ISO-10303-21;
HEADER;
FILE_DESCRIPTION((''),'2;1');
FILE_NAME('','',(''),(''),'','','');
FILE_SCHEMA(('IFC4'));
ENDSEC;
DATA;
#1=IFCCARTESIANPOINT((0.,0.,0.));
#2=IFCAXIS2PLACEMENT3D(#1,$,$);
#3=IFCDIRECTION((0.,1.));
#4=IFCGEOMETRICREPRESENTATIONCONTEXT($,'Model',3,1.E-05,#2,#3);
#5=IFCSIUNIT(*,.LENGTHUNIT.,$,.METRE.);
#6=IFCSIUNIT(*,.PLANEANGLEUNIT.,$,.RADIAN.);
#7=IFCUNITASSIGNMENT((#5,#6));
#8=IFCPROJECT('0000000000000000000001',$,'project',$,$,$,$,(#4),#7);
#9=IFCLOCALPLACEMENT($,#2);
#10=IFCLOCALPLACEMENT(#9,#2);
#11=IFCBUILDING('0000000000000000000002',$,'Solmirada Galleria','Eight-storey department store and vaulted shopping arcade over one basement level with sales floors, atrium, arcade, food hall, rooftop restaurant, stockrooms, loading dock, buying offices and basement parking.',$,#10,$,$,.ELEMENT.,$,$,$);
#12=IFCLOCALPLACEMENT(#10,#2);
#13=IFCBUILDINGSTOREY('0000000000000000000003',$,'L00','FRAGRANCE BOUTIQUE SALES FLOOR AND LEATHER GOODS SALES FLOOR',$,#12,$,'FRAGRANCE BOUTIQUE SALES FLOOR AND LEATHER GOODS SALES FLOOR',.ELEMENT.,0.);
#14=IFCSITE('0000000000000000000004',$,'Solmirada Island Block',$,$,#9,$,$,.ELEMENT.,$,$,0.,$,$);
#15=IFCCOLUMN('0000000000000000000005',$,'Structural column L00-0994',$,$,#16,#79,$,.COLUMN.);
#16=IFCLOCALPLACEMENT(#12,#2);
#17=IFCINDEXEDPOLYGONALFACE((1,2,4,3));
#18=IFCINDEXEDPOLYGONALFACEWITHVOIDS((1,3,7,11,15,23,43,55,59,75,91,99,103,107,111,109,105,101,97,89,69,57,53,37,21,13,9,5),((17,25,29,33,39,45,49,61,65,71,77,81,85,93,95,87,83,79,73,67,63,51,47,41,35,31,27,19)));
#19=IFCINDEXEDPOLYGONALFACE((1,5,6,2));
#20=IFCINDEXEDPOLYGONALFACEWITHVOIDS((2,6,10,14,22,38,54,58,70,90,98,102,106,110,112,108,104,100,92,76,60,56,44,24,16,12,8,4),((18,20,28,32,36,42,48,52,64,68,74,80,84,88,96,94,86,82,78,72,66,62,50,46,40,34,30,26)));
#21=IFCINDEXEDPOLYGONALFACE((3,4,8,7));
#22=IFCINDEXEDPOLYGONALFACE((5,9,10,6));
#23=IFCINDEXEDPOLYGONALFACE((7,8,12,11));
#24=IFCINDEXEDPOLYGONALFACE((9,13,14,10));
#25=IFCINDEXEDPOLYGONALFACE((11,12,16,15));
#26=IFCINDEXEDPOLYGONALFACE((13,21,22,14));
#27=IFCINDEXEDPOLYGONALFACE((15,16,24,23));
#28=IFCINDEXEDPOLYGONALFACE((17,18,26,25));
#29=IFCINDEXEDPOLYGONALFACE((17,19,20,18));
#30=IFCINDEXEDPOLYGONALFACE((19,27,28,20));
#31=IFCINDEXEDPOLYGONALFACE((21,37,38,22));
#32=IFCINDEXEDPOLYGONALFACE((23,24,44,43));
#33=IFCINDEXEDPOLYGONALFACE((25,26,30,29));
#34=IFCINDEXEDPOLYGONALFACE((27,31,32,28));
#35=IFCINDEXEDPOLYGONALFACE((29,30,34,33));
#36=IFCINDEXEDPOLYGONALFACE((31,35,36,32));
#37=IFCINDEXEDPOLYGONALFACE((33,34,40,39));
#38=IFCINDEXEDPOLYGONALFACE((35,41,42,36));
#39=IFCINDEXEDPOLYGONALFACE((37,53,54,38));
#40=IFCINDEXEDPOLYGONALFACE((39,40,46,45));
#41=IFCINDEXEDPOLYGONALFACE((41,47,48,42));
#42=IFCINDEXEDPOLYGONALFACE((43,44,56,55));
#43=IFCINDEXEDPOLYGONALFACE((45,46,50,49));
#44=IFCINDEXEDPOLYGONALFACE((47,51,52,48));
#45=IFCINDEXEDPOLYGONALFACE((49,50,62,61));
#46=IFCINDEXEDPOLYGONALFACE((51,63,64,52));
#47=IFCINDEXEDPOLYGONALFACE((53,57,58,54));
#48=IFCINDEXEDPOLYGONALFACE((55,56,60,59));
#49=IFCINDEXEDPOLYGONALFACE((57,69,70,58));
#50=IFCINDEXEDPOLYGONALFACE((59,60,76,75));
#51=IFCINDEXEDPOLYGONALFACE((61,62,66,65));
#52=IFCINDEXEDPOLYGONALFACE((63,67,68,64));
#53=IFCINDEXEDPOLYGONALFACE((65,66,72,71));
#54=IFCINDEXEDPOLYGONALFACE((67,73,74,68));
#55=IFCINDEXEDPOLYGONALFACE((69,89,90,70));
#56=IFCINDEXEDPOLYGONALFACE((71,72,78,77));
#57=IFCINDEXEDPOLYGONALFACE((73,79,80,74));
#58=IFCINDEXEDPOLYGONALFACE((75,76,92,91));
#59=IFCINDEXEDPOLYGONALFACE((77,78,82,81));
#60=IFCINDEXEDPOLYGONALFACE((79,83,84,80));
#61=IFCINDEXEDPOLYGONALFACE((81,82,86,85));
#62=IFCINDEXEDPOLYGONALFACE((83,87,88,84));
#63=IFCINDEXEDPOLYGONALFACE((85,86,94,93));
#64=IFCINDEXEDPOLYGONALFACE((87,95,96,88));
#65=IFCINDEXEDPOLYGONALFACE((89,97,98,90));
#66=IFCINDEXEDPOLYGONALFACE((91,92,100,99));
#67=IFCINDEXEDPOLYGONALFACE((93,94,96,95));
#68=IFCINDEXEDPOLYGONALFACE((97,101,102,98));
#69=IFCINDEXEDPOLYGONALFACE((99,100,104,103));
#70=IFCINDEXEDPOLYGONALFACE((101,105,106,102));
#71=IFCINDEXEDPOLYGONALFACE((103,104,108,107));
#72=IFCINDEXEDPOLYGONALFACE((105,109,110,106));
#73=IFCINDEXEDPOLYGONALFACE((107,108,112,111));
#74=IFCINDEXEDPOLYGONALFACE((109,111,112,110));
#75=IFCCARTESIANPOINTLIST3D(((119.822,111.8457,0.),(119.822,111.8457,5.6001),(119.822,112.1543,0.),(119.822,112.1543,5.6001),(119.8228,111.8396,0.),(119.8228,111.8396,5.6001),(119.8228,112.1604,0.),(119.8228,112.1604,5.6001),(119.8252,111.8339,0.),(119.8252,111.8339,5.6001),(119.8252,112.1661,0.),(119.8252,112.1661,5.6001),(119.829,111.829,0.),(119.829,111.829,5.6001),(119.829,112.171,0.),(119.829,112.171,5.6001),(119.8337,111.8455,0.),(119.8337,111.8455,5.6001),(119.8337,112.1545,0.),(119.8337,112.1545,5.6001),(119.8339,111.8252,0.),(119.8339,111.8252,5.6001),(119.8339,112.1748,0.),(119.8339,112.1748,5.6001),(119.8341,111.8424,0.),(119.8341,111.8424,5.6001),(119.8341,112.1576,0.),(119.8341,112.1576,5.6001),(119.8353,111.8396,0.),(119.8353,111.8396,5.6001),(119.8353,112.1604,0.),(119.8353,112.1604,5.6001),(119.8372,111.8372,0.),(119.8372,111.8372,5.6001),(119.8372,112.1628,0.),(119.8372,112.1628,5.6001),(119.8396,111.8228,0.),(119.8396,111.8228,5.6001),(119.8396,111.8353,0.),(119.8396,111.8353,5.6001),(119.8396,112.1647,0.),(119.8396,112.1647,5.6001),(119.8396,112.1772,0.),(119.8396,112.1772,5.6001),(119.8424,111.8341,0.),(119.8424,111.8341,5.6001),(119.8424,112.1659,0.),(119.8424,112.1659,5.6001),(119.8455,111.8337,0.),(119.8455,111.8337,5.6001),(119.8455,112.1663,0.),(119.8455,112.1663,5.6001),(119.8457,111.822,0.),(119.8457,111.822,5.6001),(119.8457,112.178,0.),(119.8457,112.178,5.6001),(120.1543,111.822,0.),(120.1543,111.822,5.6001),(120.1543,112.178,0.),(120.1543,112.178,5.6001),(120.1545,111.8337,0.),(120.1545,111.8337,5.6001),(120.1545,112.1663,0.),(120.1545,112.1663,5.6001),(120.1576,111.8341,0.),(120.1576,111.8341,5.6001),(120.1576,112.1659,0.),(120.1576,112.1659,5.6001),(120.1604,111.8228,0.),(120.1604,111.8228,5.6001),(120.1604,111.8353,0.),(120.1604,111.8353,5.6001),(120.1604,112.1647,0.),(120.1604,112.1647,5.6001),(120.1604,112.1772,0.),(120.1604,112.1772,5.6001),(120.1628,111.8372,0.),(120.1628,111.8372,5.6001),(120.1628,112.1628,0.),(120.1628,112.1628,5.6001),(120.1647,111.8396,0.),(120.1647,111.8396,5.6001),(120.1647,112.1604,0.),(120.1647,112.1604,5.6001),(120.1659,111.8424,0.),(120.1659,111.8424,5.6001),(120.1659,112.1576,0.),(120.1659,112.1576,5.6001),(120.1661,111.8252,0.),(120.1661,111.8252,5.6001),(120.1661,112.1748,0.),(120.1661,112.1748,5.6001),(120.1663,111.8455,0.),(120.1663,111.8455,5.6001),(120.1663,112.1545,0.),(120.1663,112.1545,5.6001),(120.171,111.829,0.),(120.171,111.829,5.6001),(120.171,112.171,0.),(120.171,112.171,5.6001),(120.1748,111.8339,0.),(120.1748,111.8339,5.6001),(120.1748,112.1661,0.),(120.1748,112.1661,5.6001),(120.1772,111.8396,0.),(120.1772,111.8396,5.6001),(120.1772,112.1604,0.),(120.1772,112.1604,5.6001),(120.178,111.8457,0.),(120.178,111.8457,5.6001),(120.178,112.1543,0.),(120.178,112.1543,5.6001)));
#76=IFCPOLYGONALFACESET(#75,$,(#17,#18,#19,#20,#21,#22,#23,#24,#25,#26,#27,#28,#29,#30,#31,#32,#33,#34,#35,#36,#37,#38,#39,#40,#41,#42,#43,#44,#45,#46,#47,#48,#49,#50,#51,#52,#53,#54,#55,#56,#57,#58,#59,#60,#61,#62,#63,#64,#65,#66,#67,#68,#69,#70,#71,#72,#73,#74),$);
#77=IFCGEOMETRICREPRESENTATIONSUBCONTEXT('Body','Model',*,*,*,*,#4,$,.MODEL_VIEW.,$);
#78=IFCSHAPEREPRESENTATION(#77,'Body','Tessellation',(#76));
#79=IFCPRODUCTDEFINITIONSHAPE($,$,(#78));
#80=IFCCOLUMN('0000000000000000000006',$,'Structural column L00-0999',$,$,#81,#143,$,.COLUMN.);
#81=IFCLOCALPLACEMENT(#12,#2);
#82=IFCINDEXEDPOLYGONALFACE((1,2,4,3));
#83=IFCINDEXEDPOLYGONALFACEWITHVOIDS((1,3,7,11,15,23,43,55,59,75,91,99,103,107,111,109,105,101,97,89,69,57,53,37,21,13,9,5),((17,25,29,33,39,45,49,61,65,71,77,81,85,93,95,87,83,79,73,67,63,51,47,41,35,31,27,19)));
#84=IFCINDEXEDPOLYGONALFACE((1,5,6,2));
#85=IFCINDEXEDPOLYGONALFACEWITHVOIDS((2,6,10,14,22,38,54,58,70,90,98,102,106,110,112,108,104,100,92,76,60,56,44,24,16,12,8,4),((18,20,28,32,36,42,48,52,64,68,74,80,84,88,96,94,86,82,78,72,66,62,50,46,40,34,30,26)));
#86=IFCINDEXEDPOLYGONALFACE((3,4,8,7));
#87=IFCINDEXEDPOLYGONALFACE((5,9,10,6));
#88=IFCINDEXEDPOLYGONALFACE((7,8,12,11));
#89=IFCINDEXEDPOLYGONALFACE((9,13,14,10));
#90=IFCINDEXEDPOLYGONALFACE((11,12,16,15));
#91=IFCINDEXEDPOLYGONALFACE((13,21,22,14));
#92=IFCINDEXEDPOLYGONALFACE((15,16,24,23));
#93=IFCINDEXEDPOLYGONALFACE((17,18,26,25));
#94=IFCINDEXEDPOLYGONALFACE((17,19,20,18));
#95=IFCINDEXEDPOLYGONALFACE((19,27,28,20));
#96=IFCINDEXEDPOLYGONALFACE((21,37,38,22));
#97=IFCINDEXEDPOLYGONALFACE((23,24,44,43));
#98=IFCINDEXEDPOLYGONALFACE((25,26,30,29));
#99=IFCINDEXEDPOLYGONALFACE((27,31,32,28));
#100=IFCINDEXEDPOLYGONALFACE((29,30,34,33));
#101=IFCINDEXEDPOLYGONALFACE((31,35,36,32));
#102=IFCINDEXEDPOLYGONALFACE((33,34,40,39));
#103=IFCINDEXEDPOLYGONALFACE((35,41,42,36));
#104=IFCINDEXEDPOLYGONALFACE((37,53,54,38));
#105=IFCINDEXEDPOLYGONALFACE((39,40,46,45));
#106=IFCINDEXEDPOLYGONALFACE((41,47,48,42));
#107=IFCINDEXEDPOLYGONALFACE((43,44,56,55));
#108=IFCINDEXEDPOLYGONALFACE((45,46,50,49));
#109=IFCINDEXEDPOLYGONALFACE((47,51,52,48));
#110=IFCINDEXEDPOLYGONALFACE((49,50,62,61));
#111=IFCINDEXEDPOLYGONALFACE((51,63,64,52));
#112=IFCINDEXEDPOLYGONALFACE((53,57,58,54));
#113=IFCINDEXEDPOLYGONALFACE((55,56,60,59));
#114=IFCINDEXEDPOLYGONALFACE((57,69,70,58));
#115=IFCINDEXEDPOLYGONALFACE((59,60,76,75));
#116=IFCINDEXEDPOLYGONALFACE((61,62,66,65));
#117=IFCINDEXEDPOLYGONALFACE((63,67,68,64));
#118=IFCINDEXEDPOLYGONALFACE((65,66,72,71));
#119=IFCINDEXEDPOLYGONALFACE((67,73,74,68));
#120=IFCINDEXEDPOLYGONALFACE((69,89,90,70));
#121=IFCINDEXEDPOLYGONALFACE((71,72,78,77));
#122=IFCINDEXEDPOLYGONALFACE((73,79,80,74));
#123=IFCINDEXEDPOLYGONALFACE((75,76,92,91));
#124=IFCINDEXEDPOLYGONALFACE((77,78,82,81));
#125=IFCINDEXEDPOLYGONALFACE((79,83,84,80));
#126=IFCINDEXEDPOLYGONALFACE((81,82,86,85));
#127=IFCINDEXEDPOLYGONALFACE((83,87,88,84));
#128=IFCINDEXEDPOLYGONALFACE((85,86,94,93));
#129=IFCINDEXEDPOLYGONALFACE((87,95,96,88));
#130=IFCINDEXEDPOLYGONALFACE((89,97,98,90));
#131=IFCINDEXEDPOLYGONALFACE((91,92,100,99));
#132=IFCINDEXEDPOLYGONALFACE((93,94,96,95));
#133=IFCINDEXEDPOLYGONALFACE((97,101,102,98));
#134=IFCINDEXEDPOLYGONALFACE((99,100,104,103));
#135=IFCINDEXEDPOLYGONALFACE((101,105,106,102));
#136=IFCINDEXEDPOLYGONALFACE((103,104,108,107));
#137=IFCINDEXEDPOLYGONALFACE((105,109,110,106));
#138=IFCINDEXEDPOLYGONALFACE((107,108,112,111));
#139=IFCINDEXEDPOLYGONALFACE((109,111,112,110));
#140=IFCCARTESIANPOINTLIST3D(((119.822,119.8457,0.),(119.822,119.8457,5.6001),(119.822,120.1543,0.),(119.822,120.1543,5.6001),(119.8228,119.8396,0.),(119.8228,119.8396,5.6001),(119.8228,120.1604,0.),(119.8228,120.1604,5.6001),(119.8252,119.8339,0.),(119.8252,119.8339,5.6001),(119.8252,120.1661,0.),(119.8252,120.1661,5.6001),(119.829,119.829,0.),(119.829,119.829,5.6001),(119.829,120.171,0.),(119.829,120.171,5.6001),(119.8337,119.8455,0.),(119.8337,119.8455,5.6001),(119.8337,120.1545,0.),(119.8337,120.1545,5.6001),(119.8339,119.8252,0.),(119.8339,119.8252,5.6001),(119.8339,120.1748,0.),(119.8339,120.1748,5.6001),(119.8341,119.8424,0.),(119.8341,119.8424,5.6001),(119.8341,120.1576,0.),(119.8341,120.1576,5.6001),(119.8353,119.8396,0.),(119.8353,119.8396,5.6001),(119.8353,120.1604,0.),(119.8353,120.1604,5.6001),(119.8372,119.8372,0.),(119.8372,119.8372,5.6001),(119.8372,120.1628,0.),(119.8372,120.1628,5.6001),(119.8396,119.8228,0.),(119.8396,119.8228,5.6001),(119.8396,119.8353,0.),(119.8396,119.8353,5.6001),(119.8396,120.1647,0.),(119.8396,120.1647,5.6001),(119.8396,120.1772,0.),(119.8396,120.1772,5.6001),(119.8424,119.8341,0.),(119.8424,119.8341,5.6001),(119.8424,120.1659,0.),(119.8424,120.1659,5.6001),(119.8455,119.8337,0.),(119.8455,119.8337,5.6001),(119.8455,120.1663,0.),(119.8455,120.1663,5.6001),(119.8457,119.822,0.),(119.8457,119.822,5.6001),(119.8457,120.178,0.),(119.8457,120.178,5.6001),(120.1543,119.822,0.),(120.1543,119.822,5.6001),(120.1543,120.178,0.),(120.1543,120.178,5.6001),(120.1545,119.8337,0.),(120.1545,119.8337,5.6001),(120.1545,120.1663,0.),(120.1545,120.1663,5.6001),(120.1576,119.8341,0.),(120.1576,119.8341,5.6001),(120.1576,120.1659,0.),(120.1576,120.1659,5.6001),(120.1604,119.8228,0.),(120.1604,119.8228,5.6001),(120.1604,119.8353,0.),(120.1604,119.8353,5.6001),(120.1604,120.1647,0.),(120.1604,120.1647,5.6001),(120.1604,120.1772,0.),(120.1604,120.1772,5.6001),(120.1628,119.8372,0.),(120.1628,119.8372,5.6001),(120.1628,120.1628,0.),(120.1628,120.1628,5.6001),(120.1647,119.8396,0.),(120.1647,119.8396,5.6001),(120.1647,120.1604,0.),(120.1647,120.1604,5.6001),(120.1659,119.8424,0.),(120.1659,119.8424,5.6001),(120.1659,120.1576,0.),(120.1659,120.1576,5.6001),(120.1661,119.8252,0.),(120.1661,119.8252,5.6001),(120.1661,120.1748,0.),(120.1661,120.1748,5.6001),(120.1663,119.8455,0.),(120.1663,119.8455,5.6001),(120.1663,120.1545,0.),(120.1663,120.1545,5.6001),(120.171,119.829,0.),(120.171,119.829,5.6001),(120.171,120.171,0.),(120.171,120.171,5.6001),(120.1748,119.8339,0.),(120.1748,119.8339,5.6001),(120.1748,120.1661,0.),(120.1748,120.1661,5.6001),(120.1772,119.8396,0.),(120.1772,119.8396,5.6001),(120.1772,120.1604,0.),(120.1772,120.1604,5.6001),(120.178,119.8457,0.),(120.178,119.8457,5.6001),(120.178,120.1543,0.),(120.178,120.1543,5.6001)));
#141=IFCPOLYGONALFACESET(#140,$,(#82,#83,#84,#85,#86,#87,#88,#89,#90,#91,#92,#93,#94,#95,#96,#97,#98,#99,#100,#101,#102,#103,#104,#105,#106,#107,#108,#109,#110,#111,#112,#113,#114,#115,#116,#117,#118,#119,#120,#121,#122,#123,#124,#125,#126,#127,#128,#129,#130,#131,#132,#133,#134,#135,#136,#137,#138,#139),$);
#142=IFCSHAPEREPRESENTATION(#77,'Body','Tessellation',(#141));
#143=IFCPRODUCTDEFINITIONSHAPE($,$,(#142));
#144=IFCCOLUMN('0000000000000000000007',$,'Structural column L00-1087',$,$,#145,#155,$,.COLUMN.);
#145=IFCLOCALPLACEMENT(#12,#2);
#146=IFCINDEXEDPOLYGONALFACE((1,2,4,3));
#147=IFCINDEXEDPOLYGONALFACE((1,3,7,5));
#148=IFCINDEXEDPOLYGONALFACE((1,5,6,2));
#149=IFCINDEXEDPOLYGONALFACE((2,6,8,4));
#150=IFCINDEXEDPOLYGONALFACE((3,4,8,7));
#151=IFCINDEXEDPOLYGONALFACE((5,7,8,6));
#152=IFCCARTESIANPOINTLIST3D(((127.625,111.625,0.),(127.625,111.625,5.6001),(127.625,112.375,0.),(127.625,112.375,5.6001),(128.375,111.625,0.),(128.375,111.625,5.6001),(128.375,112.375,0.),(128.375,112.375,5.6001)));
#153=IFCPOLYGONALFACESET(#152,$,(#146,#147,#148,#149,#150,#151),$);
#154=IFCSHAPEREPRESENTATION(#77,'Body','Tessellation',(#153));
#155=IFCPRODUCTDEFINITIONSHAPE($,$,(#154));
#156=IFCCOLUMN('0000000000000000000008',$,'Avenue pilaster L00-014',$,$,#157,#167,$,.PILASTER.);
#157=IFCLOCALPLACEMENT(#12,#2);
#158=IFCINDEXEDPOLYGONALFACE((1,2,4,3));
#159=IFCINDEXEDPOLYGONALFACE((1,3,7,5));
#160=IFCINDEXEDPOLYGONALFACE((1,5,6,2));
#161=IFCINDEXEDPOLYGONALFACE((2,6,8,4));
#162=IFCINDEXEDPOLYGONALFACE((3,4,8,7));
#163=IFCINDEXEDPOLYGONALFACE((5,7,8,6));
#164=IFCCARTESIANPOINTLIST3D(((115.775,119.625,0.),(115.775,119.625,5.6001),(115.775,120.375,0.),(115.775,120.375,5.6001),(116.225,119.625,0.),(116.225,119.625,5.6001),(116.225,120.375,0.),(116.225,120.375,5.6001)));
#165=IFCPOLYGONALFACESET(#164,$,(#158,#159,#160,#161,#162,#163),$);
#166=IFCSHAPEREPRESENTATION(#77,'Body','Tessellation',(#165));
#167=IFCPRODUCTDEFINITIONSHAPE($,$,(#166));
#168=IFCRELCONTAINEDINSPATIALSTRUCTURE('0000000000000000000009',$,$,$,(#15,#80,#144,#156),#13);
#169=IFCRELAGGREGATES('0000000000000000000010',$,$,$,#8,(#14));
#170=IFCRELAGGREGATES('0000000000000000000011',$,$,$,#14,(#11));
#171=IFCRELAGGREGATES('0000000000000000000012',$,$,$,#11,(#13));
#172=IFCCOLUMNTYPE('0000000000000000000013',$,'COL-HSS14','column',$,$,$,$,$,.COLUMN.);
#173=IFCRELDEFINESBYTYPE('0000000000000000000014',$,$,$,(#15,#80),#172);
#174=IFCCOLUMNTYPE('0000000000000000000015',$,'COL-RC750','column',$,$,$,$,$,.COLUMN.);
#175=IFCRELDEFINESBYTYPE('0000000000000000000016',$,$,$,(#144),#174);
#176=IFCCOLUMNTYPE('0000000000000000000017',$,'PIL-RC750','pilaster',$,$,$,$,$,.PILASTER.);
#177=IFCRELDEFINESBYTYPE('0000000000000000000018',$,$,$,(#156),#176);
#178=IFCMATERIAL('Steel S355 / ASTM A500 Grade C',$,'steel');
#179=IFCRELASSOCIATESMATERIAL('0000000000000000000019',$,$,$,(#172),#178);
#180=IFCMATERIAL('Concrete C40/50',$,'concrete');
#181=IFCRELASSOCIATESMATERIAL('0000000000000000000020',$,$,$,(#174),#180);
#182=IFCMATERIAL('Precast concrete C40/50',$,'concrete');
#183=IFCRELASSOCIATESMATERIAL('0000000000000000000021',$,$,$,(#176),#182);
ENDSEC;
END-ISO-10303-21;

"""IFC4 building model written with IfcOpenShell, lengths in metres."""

from ifc_helpers import new_model, si_unit, direction, frame, origin, origin_2d, place, context, subcontext, project, spatial, rectangle, hollow_rectangle, extrude, material, material_profile, profile_set, type_object, element, save


model = new_model("IFC4")

# Units and contexts
model_context = context("Model", 3, precision=1e-05, world=origin(), true_north=direction((0.0, 1.0)))
body_context = subcontext(model_context, "Body", "Model", "MODEL_VIEW")
ifc_project = project(units=[si_unit("LENGTHUNIT", "METRE"), si_unit("PLANEANGLEUNIT", "RADIAN")], contexts=[model_context])

# Site, building, storey
site_placement = place(None, origin())
site = spatial("IfcSite", under=ifc_project, at=site_placement, Name="Solmirada Island Block", CompositionType="ELEMENT", RefElevation=0.0)
building_placement = place(site_placement, origin())
building = spatial("IfcBuilding", under=site, at=building_placement, Name="Solmirada Galleria", Description="Eight-storey department store and vaulted shopping arcade over one basement level with sales floors, atrium, arcade, food hall, rooftop restaurant, stockrooms, loading dock, buying offices and basement parking.", CompositionType="ELEMENT")
storey_placement = place(building_placement, origin())
storey = spatial("IfcBuildingStorey", under=building, at=storey_placement, Name="L00", Description="FRAGRANCE BOUTIQUE SALES FLOOR AND LEATHER GOODS SALES FLOOR", LongName="FRAGRANCE BOUTIQUE SALES FLOOR AND LEATHER GOODS SALES FLOOR", CompositionType="ELEMENT", Elevation=0.0)

# Columns
ifc_material_1 = material(Name="Steel S355 / ASTM A500 Grade C", Category="steel")
ifc_material_profile_1 = material_profile(ifc_material_1, hollow_rectangle(XDim=0.356, YDim=0.356, WallThickness=0.0117, InnerFilletRadius=0.0117, OuterFilletRadius=0.0237, at=origin_2d()), Name="HSS14X14X1/2")
ifc_profile_set_1 = profile_set([ifc_material_profile_1], Name="Steel S355 / ASTM A500 Grade C")
column_type_1 = type_object("IfcColumnType", Name="COL-HSS14", Description="column", PredefinedType="COLUMN", material=ifc_profile_set_1)
for number, where, z_axis, x_axis, name in (
    (1, (120.0, 112.0, 0.0), (0.0, 0.0, 1.0), (1.0, 0.0, 0.0), "Structural column L00-0994"),
    (2, (120.0, 120.0, 0.0), (0.0, 0.0, 1.0), (1.0, 0.0, 0.0), "Structural column L00-0999"),
):
    element("IfcColumn", number, at=place(storey_placement, frame(where, z_axis=z_axis, x_axis=x_axis)), inside=storey, type_object=column_type_1, Name=name, PredefinedType="COLUMN", context=body_context, shape_type="SweptSolid", body=[
        extrude(hollow_rectangle(XDim=0.356, YDim=0.356, WallThickness=0.0117, InnerFilletRadius=0.0117, OuterFilletRadius=0.0237, at=origin_2d()), origin(), (0.0, 0.0, 1.0), 5.6001),
    ])
ifc_material_2 = material(Name="Concrete C40/50", Category="concrete")
ifc_material_profile_2 = material_profile(ifc_material_2, rectangle(XDim=0.75, YDim=0.75, at=origin_2d()), Name="RC750X750")
ifc_profile_set_2 = profile_set([ifc_material_profile_2], Name="Concrete C40/50")
column_type_2 = type_object("IfcColumnType", Name="COL-RC750", Description="column", PredefinedType="COLUMN", material=ifc_profile_set_2)
column_1_placement = place(storey_placement, frame((128.0, 112.0, 0.0), z_axis=(0.0, 0.0, 1.0), x_axis=(1.0, 0.0, 0.0)))
element("IfcColumn", 3, at=column_1_placement, inside=storey, type_object=column_type_2, Name="Structural column L00-1087", PredefinedType="COLUMN", context=body_context, shape_type="SweptSolid", body=[
    extrude(rectangle(XDim=0.75, YDim=0.75, at=origin_2d()), origin(), (0.0, 0.0, 1.0), 5.6001),
])
ifc_material_3 = material(Name="Precast concrete C40/50", Category="concrete")
ifc_material_profile_3 = material_profile(ifc_material_3, rectangle(XDim=0.45, YDim=0.75, at=origin_2d()), Name="RC750X450")
ifc_profile_set_3 = profile_set([ifc_material_profile_3], Name="Precast concrete C40/50")
column_type_3 = type_object("IfcColumnType", Name="PIL-RC750", Description="pilaster", PredefinedType="PILASTER", material=ifc_profile_set_3)
column_2_placement = place(storey_placement, frame((116.0, 120.0, 0.0), z_axis=(0.0, 0.0, 1.0), x_axis=(1.0, 0.0, 0.0)))
element("IfcColumn", 4, at=column_2_placement, inside=storey, type_object=column_type_3, Name="Avenue pilaster L00-014", PredefinedType="PILASTER", context=body_context, shape_type="SweptSolid", body=[
    extrude(rectangle(XDim=0.45, YDim=0.75, at=origin_2d()), origin(), (0.0, 0.0, 1.0), 5.6001),
])

save(model, "model.ifc")
